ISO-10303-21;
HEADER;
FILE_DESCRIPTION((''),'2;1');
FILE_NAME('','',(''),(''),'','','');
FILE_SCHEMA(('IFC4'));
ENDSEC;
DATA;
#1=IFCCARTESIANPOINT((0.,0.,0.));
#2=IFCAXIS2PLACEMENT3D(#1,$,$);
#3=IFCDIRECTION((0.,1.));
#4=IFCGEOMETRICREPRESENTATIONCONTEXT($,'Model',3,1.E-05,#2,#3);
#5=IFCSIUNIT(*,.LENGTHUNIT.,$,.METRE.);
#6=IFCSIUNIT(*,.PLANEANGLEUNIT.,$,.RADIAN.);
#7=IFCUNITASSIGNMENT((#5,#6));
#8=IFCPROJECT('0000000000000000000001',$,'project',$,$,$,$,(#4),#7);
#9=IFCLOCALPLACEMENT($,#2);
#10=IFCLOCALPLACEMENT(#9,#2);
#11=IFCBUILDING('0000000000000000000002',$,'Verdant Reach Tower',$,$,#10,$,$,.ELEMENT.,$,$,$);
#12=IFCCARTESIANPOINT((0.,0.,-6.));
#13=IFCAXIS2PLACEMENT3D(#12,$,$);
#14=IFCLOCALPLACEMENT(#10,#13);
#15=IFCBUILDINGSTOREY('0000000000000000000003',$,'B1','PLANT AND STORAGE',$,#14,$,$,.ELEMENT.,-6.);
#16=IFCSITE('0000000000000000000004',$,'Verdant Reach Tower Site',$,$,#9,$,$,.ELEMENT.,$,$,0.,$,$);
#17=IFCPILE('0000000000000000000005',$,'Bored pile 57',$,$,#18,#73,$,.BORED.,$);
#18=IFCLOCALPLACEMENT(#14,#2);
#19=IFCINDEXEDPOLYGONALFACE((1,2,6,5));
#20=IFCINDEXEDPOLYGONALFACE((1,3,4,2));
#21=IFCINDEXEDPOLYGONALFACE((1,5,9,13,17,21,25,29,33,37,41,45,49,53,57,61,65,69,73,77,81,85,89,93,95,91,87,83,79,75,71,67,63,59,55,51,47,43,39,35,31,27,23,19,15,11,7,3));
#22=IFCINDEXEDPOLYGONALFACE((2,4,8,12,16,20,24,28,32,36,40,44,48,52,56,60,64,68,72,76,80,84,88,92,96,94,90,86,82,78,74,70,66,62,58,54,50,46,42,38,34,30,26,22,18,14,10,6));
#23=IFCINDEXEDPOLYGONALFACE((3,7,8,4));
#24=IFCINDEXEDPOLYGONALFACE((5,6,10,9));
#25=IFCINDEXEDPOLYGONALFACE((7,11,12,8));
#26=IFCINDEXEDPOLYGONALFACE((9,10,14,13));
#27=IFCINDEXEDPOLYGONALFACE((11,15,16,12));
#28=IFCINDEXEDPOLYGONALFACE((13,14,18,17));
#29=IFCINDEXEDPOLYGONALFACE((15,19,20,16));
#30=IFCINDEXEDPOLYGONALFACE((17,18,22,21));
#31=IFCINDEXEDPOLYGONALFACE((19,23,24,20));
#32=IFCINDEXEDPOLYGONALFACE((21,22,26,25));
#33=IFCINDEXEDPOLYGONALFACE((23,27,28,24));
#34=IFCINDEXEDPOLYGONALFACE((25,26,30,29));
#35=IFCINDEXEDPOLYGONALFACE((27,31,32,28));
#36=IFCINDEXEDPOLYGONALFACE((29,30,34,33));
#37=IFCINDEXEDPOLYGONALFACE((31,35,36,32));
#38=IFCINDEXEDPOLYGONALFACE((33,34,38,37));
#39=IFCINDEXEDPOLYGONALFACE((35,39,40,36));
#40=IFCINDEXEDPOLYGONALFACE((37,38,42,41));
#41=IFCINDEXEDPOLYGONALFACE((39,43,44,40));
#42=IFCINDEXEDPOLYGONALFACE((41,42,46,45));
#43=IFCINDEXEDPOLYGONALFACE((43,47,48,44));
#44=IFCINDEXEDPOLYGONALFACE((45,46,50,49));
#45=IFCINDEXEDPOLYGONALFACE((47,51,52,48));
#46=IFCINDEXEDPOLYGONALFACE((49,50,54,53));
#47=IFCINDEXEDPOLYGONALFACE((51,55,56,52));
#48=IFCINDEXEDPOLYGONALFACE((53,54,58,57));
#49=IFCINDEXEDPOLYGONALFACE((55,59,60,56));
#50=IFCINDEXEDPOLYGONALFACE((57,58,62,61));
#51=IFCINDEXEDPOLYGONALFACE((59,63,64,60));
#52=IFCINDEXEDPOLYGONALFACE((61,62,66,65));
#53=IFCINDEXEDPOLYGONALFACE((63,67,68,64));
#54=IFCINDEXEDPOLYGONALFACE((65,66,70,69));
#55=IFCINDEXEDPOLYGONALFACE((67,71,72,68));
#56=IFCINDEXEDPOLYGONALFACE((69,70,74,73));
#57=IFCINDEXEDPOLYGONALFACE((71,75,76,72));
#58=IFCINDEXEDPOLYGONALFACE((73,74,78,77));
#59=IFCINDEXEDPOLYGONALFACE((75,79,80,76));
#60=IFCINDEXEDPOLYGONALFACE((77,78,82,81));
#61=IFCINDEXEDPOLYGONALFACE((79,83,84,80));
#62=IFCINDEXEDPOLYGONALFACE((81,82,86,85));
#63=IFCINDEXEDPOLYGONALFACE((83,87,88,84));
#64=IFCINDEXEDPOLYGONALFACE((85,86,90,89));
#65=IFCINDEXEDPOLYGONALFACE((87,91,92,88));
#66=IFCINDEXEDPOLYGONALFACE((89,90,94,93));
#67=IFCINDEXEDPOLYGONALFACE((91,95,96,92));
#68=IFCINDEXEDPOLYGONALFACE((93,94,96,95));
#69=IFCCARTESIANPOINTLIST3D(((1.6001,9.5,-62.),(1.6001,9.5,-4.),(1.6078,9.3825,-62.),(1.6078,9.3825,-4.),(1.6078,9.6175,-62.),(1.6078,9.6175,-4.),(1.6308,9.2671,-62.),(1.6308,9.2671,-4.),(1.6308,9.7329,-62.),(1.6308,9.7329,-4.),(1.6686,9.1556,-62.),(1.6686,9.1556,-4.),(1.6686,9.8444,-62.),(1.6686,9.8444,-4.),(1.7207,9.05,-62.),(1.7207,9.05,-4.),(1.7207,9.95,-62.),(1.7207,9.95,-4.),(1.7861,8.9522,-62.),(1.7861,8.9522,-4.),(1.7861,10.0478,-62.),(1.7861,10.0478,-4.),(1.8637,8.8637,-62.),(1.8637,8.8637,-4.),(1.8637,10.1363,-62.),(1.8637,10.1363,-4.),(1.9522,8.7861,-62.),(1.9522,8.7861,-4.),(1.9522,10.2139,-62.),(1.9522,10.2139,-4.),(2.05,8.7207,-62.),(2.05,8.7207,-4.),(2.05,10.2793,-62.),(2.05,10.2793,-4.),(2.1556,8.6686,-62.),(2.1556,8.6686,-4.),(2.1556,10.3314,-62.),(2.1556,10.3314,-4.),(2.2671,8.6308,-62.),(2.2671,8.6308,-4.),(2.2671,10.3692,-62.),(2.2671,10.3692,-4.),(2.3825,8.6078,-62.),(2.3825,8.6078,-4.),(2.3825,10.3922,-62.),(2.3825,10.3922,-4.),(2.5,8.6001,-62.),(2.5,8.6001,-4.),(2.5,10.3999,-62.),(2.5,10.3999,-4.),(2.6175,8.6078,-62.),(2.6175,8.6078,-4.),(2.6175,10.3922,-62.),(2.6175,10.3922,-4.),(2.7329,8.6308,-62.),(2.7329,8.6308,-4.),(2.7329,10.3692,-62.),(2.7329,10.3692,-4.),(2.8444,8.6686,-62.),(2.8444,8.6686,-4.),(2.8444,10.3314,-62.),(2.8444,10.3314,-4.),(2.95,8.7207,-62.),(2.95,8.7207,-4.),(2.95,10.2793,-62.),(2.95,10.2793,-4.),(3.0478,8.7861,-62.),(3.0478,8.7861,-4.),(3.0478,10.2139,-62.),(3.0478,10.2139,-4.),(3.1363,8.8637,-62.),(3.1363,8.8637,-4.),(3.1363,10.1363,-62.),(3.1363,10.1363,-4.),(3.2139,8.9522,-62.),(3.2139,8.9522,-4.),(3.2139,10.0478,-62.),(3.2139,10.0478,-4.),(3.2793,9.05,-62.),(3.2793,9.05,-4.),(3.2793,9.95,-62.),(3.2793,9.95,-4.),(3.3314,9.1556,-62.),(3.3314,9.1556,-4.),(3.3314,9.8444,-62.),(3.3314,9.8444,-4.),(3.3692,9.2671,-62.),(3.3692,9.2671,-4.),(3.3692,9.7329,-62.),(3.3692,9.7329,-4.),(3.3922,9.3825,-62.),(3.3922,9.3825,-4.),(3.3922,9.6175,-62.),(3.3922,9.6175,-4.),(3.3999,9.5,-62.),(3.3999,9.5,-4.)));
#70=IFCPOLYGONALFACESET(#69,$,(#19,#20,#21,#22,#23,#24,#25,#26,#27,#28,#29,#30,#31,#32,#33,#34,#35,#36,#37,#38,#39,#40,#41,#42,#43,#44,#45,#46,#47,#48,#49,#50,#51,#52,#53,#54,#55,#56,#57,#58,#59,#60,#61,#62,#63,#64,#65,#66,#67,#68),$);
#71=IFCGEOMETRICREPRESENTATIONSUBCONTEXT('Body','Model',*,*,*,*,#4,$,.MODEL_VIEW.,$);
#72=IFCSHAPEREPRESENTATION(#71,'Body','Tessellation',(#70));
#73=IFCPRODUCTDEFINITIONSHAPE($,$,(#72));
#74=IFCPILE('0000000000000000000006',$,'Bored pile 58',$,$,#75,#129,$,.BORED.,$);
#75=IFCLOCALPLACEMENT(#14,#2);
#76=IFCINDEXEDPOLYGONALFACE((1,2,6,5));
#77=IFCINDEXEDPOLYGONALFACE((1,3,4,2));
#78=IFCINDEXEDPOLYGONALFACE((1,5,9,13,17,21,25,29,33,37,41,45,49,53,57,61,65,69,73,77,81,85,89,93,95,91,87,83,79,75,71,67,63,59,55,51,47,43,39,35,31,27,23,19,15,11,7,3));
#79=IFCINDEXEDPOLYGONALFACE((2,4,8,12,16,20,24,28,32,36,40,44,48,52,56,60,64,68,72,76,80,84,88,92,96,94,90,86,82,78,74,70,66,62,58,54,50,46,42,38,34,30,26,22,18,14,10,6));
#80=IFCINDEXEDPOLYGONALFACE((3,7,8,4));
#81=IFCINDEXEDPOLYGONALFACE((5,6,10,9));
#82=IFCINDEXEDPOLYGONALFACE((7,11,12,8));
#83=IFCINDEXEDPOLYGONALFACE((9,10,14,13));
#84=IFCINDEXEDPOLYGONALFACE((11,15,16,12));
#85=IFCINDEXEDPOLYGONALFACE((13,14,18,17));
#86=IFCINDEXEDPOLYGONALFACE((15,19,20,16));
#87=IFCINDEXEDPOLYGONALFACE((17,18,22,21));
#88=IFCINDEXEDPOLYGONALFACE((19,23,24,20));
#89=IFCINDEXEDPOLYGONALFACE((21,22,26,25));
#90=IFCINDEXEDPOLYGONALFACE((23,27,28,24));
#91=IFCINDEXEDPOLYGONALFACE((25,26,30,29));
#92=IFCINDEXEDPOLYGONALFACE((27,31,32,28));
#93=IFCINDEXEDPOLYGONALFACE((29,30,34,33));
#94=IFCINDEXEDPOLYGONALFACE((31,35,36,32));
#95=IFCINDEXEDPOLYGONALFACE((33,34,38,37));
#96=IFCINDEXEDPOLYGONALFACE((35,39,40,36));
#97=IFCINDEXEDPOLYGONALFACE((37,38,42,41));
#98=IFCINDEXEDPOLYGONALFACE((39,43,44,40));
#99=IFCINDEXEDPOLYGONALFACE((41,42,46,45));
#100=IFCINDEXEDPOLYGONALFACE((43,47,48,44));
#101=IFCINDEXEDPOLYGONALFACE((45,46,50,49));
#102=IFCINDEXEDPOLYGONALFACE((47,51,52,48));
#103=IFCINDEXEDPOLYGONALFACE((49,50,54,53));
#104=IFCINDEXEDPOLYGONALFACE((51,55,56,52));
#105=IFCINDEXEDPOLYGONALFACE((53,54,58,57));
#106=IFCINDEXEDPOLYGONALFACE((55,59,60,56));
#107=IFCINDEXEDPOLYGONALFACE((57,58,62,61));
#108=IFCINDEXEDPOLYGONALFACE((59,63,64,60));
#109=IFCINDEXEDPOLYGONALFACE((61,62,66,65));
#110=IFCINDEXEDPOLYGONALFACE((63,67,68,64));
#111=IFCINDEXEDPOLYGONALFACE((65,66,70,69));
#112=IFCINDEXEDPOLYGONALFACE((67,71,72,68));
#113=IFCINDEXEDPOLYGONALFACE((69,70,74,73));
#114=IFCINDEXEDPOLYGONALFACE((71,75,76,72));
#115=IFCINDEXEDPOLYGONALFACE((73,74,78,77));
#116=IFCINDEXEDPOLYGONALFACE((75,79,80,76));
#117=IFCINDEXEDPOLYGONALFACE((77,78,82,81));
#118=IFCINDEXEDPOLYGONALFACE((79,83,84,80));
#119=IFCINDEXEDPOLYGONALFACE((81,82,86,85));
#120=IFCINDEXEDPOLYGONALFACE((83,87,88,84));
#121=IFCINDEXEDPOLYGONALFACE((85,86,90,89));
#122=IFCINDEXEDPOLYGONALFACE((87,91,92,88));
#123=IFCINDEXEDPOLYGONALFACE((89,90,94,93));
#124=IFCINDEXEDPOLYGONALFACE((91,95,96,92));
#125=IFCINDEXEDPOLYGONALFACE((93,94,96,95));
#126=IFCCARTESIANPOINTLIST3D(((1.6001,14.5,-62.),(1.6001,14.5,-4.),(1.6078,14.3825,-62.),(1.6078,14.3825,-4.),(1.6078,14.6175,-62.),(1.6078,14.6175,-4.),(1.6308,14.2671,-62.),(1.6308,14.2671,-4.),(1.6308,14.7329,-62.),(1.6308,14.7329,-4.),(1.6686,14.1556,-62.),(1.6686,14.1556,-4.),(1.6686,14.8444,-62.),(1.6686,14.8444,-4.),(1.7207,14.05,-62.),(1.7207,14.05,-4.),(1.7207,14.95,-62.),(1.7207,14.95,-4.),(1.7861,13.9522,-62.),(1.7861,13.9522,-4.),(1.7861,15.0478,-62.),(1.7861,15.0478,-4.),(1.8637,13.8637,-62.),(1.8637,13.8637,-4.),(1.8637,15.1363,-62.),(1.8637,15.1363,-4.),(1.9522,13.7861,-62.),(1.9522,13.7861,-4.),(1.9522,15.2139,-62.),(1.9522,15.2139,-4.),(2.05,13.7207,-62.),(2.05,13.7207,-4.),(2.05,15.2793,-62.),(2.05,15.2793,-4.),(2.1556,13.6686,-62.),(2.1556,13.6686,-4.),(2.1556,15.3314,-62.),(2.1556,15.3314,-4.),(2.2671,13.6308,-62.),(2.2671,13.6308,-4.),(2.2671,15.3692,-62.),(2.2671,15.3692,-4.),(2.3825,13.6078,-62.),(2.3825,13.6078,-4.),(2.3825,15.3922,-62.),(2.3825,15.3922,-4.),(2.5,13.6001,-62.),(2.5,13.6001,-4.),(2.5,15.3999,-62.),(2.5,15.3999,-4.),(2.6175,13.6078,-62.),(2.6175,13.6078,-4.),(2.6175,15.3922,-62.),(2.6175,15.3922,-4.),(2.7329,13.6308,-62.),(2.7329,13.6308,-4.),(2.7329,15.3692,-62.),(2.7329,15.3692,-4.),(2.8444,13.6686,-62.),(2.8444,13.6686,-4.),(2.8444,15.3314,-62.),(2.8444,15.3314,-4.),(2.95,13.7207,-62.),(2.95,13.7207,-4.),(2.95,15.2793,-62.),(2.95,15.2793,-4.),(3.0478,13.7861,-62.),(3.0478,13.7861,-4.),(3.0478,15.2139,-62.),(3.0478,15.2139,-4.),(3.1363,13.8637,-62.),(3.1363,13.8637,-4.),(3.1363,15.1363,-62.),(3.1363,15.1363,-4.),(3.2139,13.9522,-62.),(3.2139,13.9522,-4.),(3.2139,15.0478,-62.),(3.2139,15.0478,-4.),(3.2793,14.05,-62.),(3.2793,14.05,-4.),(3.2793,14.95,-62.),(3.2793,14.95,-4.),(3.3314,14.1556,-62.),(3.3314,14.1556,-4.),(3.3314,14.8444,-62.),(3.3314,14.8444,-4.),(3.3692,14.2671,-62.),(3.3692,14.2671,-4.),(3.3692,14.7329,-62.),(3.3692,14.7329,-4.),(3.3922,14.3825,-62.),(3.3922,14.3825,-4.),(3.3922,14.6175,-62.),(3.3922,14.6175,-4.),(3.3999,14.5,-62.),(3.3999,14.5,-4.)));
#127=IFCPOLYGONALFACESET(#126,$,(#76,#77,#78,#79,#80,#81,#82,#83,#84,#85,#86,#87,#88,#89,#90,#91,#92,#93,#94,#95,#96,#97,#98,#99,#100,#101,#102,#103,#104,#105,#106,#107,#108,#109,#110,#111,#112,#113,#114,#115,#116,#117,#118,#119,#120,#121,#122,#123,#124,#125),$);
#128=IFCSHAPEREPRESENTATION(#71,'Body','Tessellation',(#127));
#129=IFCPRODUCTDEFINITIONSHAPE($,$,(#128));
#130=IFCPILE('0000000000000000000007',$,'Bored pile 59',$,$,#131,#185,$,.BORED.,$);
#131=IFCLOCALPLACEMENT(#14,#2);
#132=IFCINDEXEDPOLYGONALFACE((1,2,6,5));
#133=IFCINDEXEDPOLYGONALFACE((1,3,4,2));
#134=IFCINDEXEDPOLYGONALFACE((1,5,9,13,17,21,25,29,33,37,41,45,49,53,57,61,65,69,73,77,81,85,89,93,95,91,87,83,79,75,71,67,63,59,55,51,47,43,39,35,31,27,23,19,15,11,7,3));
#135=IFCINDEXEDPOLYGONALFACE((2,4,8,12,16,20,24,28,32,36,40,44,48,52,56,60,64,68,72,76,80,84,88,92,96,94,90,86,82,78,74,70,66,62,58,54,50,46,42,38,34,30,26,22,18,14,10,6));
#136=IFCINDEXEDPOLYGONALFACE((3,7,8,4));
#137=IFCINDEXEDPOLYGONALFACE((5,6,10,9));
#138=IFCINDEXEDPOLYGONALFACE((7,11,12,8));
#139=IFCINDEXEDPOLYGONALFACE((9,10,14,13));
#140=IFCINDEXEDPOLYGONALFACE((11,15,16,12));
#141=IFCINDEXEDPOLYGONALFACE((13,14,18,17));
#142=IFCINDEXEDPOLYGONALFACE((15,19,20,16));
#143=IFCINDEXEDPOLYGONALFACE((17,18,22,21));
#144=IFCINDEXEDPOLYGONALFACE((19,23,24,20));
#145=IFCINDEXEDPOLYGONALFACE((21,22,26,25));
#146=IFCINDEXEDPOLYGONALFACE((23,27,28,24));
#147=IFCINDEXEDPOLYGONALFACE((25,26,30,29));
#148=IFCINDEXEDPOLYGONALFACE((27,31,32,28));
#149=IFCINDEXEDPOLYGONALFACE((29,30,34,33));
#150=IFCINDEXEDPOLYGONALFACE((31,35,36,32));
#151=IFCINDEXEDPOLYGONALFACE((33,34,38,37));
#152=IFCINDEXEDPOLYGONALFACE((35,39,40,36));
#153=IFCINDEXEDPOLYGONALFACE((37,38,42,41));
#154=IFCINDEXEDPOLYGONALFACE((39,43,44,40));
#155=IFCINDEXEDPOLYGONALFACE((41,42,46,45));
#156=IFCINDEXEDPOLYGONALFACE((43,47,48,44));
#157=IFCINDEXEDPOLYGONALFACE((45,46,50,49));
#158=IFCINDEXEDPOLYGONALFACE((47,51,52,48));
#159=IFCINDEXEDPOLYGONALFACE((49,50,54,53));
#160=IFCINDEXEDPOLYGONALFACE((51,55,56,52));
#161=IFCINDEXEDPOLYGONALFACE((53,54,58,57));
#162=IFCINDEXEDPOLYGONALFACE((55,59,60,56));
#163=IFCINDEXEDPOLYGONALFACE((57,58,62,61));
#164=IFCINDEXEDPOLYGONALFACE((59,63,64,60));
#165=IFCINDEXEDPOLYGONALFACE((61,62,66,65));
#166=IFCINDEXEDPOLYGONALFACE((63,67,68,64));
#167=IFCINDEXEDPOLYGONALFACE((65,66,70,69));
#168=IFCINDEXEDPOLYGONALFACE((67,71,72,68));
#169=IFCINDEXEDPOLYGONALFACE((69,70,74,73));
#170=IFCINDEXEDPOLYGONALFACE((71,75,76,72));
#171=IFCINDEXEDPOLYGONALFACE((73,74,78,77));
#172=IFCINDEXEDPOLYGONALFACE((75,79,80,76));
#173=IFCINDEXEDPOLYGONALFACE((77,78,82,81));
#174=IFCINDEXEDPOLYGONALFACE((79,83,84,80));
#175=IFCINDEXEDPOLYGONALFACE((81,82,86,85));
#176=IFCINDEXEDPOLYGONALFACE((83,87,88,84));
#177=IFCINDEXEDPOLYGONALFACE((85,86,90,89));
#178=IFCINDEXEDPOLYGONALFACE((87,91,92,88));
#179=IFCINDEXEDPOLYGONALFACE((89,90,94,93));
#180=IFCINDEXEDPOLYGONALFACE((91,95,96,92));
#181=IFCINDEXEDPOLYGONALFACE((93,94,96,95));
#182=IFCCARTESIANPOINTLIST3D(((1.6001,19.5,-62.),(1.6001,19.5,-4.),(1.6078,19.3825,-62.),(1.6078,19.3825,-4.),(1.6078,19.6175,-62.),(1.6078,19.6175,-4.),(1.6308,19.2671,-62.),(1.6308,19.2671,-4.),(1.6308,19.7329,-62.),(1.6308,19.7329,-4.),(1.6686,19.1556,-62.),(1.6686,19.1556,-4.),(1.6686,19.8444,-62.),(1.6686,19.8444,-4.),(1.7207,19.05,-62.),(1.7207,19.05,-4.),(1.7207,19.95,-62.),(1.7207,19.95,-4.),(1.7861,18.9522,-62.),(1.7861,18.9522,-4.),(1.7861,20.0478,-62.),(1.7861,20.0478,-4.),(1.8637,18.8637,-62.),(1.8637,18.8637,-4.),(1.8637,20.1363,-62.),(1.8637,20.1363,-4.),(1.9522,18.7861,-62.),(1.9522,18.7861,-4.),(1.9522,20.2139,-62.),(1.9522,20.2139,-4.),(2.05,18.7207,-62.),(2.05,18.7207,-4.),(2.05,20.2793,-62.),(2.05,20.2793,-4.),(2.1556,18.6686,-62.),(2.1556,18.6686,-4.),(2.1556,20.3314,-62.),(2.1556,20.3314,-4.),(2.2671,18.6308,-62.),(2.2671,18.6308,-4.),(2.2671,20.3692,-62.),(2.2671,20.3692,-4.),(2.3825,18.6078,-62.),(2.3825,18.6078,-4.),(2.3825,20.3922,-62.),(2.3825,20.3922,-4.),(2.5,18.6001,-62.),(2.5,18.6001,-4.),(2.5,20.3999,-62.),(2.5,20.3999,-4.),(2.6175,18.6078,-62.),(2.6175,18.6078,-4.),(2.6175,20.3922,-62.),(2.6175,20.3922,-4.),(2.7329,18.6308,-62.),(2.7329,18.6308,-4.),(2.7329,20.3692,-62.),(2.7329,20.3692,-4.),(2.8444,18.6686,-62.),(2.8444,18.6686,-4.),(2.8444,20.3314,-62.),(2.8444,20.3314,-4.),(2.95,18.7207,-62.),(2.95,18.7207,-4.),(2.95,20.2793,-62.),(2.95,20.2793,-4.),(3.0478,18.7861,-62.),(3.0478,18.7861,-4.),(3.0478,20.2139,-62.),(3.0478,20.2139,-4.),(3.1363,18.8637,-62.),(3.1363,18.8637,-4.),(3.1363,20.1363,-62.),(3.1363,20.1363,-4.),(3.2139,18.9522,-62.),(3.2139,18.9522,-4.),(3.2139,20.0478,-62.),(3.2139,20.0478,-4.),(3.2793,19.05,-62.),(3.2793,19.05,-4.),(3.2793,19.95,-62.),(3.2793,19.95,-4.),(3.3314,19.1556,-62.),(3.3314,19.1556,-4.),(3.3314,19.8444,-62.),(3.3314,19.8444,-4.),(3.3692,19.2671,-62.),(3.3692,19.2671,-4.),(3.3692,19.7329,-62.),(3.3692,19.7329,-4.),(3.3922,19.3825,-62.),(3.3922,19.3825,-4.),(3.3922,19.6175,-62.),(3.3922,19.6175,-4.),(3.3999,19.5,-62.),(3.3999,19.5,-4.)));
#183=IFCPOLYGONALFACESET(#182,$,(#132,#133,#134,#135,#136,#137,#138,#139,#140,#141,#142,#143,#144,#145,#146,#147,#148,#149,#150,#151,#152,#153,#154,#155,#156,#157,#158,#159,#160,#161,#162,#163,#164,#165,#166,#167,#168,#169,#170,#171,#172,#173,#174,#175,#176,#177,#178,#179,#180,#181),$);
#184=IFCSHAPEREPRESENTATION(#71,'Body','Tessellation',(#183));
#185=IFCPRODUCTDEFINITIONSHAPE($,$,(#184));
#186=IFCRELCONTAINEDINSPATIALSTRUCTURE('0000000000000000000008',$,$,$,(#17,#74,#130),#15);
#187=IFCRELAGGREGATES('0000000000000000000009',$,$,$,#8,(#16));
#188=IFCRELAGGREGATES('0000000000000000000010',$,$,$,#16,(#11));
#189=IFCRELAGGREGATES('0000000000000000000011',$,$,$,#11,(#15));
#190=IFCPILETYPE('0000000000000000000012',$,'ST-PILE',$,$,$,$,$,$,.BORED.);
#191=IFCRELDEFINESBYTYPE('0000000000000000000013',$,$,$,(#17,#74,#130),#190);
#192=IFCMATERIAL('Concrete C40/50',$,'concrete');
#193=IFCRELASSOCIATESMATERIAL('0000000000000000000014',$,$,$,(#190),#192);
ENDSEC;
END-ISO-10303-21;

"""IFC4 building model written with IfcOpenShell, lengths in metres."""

from ifc_helpers import new_model, si_unit, direction, frame, origin, origin_2d, place, context, subcontext, project, spatial, circle, extrude, material, material_profile, profile_set, type_object, element, save


model = new_model("IFC4")

# Units and contexts
model_context = context("Model", 3, precision=1e-05, world=origin(), true_north=direction((0.0, 1.0)))
body_context = subcontext(model_context, "Body", "Model", "MODEL_VIEW")
ifc_project = project(units=[si_unit("LENGTHUNIT", "METRE"), si_unit("PLANEANGLEUNIT", "RADIAN")], contexts=[model_context])

# Site, building, storey
site_placement = place(None, origin())
site = spatial("IfcSite", under=ifc_project, at=site_placement, Name="Verdant Reach Tower Site", CompositionType="ELEMENT", RefElevation=0.0)
building_placement = place(site_placement, origin())
building = spatial("IfcBuilding", under=site, at=building_placement, Name="Verdant Reach Tower", CompositionType="ELEMENT")
storey_placement = place(building_placement, frame((0.0, 0.0, -6.0)))
storey = spatial("IfcBuildingStorey", under=building, at=storey_placement, Name="B1", Description="PLANT AND STORAGE", CompositionType="ELEMENT", Elevation=-6.0)

# Piles
ifc_material_1 = material(Name="Concrete C40/50", Category="concrete")
ifc_material_profile_1 = material_profile(ifc_material_1, circle(Radius=0.8999, at=origin_2d()), Name="BP 1800")
ifc_profile_set_1 = profile_set([ifc_material_profile_1], Name="Concrete C40/50")
pile_type = type_object("IfcPileType", Name="ST-PILE", PredefinedType="BORED", material=ifc_profile_set_1)
for number, where, z_axis, x_axis, name in (
    (1, (2.5, 9.5, -4.0), (0.0, 0.0, -1.0), (1.0, 0.0, 0.0), "Bored pile 57"),
    (2, (2.5, 14.5, -4.0), (0.0, 0.0, -1.0), (1.0, 0.0, 0.0), "Bored pile 58"),
    (3, (2.5, 19.5, -4.0), (0.0, 0.0, -1.0), (1.0, 0.0, 0.0), "Bored pile 59"),
):
    element("IfcPile", number, at=place(storey_placement, frame(where, z_axis=z_axis, x_axis=x_axis)), inside=storey, type_object=pile_type, Name=name, PredefinedType="BORED", context=body_context, shape_type="SweptSolid", body=[
        extrude(circle(Radius=0.8999, at=origin_2d()), origin(), (0.0, 0.0, 1.0), 58.0),
    ])

save(model, "model.ifc")
